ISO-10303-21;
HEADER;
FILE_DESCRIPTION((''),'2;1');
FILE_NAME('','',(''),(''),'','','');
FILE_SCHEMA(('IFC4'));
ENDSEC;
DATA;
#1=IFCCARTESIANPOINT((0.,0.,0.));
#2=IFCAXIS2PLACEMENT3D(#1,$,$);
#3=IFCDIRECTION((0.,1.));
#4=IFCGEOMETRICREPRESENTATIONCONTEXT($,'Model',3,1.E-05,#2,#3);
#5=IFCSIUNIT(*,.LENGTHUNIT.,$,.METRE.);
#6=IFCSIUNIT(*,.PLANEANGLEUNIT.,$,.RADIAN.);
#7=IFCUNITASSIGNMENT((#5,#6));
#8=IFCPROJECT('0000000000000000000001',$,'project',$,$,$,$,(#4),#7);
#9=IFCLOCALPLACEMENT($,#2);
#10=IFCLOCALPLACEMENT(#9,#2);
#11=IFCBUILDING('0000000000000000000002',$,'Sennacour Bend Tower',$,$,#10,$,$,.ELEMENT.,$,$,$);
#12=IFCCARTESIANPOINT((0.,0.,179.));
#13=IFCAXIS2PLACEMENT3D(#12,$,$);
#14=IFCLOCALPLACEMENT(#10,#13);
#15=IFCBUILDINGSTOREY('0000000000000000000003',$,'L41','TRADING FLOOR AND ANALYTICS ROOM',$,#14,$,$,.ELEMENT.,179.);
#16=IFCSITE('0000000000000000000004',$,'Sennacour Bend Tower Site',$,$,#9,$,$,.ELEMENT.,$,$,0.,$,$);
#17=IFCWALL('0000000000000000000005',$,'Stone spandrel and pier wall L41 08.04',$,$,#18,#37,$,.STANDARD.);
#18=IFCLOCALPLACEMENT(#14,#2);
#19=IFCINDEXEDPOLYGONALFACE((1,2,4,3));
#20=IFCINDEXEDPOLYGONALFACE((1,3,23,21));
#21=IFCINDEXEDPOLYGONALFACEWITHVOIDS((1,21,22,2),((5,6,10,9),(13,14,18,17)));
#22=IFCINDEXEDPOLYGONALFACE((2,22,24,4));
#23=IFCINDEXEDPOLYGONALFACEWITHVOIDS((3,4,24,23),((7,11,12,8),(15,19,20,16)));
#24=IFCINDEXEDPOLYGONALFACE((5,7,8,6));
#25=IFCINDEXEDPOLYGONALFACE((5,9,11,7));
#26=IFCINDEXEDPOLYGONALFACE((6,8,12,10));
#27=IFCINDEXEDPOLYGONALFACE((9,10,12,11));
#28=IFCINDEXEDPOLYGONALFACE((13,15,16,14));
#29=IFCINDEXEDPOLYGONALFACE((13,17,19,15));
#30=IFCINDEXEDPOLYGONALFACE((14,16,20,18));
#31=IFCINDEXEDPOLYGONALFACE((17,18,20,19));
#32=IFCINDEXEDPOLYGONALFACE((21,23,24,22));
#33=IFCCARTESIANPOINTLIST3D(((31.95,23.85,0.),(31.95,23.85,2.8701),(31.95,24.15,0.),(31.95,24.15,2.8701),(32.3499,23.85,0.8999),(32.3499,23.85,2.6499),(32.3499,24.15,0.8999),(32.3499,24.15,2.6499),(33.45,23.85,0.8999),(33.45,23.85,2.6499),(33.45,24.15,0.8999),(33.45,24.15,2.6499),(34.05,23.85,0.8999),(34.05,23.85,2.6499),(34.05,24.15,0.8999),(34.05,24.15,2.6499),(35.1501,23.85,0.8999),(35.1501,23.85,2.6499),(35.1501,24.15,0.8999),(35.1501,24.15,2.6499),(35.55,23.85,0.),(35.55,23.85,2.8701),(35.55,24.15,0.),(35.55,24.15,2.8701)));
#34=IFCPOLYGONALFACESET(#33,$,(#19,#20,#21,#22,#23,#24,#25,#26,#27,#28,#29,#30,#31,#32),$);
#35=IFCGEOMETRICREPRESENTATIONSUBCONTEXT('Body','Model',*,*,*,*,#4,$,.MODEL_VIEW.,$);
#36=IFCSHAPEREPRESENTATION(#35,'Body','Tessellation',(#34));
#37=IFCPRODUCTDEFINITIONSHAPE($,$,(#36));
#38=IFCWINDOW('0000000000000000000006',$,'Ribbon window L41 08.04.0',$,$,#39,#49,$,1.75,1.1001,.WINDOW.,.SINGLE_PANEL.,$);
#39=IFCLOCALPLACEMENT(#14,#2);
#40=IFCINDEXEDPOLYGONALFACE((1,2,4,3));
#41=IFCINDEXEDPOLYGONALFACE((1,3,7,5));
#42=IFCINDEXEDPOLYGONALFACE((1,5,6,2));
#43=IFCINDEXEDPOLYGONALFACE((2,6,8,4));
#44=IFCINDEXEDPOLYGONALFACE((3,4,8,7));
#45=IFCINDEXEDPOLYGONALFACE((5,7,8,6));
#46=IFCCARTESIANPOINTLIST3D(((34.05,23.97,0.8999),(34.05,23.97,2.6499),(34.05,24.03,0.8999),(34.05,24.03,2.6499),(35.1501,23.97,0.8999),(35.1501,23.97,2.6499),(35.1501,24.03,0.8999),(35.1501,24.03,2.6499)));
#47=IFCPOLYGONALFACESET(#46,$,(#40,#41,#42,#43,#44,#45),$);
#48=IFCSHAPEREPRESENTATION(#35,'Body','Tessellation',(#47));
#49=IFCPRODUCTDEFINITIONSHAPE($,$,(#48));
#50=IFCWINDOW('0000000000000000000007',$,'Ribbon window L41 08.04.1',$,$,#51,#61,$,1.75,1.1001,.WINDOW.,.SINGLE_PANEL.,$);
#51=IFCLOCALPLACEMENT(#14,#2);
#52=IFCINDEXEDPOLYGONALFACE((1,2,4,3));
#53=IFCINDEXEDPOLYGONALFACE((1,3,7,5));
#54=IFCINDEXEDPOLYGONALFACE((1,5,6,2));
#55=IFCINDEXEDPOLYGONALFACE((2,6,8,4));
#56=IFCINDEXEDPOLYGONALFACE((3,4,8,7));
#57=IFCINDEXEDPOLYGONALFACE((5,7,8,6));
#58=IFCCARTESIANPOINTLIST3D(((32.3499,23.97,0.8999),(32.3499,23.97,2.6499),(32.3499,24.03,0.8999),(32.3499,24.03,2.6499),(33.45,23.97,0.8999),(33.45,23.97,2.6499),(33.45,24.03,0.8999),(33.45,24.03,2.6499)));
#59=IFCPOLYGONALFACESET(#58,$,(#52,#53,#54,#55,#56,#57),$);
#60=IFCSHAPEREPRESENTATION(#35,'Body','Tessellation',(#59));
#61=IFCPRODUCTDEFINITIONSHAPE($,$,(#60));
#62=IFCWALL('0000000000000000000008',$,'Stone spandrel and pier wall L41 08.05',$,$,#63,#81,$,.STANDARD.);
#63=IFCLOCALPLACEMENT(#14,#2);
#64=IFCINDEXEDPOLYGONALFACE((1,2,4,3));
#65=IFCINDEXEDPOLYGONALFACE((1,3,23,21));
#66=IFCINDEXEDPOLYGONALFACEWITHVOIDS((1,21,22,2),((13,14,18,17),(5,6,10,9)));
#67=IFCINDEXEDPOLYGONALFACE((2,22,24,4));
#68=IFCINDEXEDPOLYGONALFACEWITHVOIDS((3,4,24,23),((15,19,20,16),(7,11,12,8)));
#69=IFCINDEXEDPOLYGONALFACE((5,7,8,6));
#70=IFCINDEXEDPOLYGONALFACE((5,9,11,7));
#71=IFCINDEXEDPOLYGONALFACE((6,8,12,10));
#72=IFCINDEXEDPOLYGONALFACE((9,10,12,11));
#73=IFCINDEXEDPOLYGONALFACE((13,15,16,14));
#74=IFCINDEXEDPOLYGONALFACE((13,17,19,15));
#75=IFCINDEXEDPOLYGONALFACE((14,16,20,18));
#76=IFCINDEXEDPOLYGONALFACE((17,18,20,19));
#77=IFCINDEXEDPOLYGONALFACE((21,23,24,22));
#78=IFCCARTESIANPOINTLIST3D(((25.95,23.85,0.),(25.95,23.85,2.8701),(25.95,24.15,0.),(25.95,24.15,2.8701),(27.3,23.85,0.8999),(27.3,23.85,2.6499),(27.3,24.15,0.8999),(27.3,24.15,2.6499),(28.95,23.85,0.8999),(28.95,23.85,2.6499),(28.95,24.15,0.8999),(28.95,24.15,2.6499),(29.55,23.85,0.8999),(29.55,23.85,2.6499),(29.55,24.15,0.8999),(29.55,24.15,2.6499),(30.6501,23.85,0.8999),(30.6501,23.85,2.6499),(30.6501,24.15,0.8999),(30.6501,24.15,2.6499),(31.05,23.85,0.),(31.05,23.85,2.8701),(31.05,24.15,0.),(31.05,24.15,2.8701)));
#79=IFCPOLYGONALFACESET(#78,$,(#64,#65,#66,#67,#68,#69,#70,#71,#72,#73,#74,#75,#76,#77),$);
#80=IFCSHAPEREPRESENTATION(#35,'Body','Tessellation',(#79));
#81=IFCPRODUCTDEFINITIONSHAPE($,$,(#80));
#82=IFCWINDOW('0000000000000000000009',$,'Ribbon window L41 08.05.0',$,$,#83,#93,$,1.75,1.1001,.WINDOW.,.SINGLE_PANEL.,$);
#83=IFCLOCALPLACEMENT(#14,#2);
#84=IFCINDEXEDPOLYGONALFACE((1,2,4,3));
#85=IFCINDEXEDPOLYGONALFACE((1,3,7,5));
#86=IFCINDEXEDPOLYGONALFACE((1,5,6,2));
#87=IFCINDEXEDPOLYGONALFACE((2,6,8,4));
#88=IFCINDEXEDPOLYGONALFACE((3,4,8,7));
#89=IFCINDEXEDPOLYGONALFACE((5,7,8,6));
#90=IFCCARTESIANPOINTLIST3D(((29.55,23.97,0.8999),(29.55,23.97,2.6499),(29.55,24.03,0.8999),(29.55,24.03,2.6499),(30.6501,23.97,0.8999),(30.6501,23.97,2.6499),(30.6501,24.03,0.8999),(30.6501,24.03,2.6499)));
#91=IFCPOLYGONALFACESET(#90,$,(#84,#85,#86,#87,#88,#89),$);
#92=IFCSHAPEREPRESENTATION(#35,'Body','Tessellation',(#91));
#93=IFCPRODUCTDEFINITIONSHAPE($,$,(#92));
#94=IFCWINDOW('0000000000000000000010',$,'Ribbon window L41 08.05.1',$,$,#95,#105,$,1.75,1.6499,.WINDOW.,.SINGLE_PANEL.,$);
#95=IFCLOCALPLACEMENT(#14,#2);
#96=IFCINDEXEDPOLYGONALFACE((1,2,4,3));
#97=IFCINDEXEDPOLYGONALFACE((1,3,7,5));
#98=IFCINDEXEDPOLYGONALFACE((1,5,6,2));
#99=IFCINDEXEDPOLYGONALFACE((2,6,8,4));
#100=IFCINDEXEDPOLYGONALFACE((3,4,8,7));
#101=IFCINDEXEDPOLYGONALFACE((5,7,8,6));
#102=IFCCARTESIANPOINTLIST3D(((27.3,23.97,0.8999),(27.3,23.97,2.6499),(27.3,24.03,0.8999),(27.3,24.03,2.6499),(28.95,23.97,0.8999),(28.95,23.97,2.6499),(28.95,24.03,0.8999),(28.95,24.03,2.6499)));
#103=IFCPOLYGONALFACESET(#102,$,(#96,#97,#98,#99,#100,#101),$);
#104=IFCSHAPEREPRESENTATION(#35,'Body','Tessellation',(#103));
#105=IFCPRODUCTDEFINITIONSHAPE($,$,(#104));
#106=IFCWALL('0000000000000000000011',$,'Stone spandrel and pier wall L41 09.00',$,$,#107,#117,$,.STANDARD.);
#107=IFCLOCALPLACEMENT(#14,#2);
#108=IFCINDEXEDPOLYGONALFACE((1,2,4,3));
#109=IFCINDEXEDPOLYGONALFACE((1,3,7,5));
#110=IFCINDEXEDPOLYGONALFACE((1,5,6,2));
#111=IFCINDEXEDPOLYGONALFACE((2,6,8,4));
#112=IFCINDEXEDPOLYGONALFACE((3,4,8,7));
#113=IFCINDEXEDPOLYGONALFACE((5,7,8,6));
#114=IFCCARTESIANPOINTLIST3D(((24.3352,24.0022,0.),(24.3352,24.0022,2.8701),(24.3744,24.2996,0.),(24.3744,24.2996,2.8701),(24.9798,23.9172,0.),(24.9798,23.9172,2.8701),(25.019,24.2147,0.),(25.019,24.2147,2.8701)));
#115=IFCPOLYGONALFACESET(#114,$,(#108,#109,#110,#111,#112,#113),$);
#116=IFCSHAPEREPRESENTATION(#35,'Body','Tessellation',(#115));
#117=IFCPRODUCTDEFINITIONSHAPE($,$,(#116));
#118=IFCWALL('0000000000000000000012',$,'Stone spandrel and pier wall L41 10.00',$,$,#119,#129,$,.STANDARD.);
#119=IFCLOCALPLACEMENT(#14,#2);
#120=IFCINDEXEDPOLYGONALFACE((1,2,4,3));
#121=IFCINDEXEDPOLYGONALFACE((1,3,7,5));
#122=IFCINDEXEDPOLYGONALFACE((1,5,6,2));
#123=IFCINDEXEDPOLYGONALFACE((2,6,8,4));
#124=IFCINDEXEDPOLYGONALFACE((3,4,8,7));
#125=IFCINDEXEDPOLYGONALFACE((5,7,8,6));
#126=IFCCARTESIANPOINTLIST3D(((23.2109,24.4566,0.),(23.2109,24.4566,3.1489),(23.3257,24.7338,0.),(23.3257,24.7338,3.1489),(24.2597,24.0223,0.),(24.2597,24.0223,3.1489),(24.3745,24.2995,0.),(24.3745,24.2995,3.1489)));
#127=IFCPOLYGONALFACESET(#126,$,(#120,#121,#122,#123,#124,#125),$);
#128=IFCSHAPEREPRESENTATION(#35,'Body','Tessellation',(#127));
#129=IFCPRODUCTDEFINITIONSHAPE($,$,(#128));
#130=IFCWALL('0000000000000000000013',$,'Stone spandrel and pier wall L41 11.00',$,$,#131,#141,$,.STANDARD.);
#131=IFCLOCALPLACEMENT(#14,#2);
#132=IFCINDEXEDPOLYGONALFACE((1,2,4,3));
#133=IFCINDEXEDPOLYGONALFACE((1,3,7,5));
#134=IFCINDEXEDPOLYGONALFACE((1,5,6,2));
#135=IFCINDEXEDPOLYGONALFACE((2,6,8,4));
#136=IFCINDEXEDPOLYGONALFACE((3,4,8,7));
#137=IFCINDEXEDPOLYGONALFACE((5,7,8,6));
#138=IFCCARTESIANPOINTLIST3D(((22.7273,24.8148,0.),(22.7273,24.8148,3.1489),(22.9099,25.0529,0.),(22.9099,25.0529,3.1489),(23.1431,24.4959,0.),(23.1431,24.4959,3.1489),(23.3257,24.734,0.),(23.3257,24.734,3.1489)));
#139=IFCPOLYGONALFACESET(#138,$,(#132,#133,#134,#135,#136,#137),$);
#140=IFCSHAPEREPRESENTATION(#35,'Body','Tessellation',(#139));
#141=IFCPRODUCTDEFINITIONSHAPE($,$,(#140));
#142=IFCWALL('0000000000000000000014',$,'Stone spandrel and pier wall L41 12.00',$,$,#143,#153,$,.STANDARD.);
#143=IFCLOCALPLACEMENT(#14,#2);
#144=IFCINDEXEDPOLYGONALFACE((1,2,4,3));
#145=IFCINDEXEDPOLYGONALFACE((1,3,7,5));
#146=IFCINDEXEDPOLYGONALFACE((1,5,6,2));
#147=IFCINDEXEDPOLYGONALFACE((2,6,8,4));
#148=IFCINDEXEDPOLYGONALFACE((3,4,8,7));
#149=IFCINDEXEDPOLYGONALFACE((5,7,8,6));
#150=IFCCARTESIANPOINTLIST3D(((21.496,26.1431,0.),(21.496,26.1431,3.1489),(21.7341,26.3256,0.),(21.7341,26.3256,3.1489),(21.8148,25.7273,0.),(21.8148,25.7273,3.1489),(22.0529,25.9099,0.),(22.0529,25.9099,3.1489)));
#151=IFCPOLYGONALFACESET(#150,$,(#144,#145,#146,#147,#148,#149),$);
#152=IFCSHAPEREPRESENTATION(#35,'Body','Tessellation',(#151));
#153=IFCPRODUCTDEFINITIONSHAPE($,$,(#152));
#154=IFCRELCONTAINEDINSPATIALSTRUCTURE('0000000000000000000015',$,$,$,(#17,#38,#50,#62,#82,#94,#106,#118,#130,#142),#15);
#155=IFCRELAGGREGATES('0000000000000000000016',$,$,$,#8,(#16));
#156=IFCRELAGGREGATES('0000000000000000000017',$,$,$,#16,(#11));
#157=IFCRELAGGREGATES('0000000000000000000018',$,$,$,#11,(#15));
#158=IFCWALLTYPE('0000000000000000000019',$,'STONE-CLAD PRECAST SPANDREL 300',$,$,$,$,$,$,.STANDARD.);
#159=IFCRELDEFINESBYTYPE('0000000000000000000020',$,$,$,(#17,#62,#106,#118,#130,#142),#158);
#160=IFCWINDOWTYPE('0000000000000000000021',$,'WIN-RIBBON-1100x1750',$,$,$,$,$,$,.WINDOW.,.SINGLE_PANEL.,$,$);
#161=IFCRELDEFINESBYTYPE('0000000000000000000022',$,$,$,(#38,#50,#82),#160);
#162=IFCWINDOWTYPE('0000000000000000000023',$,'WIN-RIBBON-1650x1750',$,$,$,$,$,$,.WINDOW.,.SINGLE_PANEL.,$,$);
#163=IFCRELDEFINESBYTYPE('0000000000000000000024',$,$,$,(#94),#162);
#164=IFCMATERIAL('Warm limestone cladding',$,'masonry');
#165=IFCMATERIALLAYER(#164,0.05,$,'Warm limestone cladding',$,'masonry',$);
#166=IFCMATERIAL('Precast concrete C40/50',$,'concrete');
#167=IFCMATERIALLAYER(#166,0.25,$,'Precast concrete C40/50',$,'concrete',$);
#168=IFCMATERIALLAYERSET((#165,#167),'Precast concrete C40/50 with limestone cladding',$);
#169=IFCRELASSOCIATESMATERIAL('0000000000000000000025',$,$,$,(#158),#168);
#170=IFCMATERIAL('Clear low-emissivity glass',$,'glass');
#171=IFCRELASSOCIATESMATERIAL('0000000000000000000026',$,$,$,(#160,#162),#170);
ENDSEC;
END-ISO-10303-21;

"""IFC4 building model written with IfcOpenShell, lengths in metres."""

from ifc_helpers import new_model, si_unit, direction, frame, frame_2d, origin, place, context, subcontext, project, spatial, rectangle, extrude, material, layer, layer_set, type_object, element, fill, save


model = new_model("IFC4")

# Units and contexts
model_context = context("Model", 3, precision=1e-05, world=origin(), true_north=direction((0.0, 1.0)))
body_context = subcontext(model_context, "Body", "Model", "MODEL_VIEW")
ifc_project = project(units=[si_unit("LENGTHUNIT", "METRE"), si_unit("PLANEANGLEUNIT", "RADIAN")], contexts=[model_context])

# Site, building, storey
site_placement = place(None, origin())
site = spatial("IfcSite", under=ifc_project, at=site_placement, Name="Sennacour Bend Tower Site", CompositionType="ELEMENT", RefElevation=0.0)
building_placement = place(site_placement, origin())
building = spatial("IfcBuilding", under=site, at=building_placement, Name="Sennacour Bend Tower", CompositionType="ELEMENT")
storey_placement = place(building_placement, frame((0.0, 0.0, 179.0)))
storey = spatial("IfcBuildingStorey", under=building, at=storey_placement, Name="L41", Description="TRADING FLOOR AND ANALYTICS ROOM", CompositionType="ELEMENT", Elevation=179.0)

# Walls, openings, windows
ifc_material_1 = material(Name="Warm limestone cladding", Category="masonry")
ifc_layer_1 = layer(ifc_material_1, 0.05, Name="Warm limestone cladding", Category="masonry")
ifc_material_2 = material(Name="Precast concrete C40/50", Category="concrete")
ifc_layer_2 = layer(ifc_material_2, 0.25, Name="Precast concrete C40/50", Category="concrete")
ifc_layer_set_1 = layer_set([ifc_layer_1, ifc_layer_2], Name="Precast concrete C40/50 with limestone cladding")
wall_type_1 = type_object("IfcWallType", Name="STONE-CLAD PRECAST SPANDREL 300", PredefinedType="STANDARD", material=ifc_layer_set_1)
ifc_material_3 = material(Name="Clear low-emissivity glass", Category="glass")
window_type_1 = type_object("IfcWindowType", Name="WIN-RIBBON-1100x1750", PartitioningType="SINGLE_PANEL", PredefinedType="WINDOW", material=ifc_material_3)
wall_1_placement = place(storey_placement, frame((35.55, 24.0, 0.0), z_axis=(0.0, 0.0, 1.0), x_axis=(-1.0, 0.0, 0.0)))
wall_1 = element("IfcWall", 1, at=wall_1_placement, inside=storey, type_object=wall_type_1, Name="Stone spandrel and pier wall L41 08.04", PredefinedType="STANDARD", context=body_context, shape_type="SweptSolid", body=[
    extrude(rectangle(XDim=3.6001, YDim=0.3, at=frame_2d((1.8, 0.0))), origin(), (0.0, 0.0, 1.0), 2.8701),
])
opening_1_placement = place(wall_1_placement, frame((0.3999, 0.0, 0.8999)))
opening_1 = element("IfcOpeningElement", 2, at=opening_1_placement, cuts=wall_1, PredefinedType="OPENING", context=body_context, shape_type="SweptSolid", body=[
    extrude(rectangle(XDim=1.1001, YDim=1.75, at=frame_2d((0.55, 0.875))), frame((0.0, 0.1602, 0.0), z_axis=(0.0, -1.0, 0.0), x_axis=(1.0, 0.0, 0.0)), (0.0, 0.0, 1.0), 0.3201),
])
opening_2_placement = place(wall_1_placement, frame((2.1001, 0.0, 0.8999)))
opening_2 = element("IfcOpeningElement", 3, at=opening_2_placement, cuts=wall_1, PredefinedType="OPENING", context=body_context, shape_type="SweptSolid", body=[
    extrude(rectangle(XDim=1.1001, YDim=1.75, at=frame_2d((0.55, 0.875))), frame((0.0, 0.1602, 0.0), z_axis=(0.0, -1.0, 0.0), x_axis=(1.0, 0.0, 0.0)), (0.0, 0.0, 1.0), 0.3201),
])
window_1_placement = place(opening_1_placement, origin())
window_1 = element("IfcWindow", 4, at=window_1_placement, inside=storey, type_object=window_type_1, Name="Ribbon window L41 08.04.0", OverallHeight=1.75, OverallWidth=1.1001, PartitioningType="SINGLE_PANEL", PredefinedType="WINDOW", context=body_context, shape_type="SweptSolid", body=[
    extrude(rectangle(XDim=1.1001, YDim=1.75, at=frame_2d((0.55, 0.875))), frame((0.0, 0.03, 0.0), z_axis=(0.0, -1.0, 0.0), x_axis=(1.0, 0.0, 0.0)), (0.0, 0.0, 1.0), 0.0601),
])
fill(opening_1, window_1)
window_2_placement = place(opening_2_placement, origin())
window_2 = element("IfcWindow", 5, at=window_2_placement, inside=storey, type_object=window_type_1, Name="Ribbon window L41 08.04.1", OverallHeight=1.75, OverallWidth=1.1001, PartitioningType="SINGLE_PANEL", PredefinedType="WINDOW", context=body_context, shape_type="SweptSolid", body=[
    extrude(rectangle(XDim=1.1001, YDim=1.75, at=frame_2d((0.55, 0.875))), frame((0.0, 0.03, 0.0), z_axis=(0.0, -1.0, 0.0), x_axis=(1.0, 0.0, 0.0)), (0.0, 0.0, 1.0), 0.0601),
])
fill(opening_2, window_2)
wall_2_placement = place(storey_placement, frame((31.05, 24.0, 0.0), z_axis=(0.0, 0.0, 1.0), x_axis=(-1.0, 0.0, 0.0)))
wall_2 = element("IfcWall", 6, at=wall_2_placement, inside=storey, type_object=wall_type_1, Name="Stone spandrel and pier wall L41 08.05", PredefinedType="STANDARD", context=body_context, shape_type="SweptSolid", body=[
    extrude(rectangle(XDim=5.1001, YDim=0.3, at=frame_2d((2.55, 0.0))), origin(), (0.0, 0.0, 1.0), 2.8701),
])
opening_3_placement = place(wall_2_placement, frame((0.3999, 0.0, 0.8999)))
opening_3 = element("IfcOpeningElement", 7, at=opening_3_placement, cuts=wall_2, PredefinedType="OPENING", context=body_context, shape_type="SweptSolid", body=[
    extrude(rectangle(XDim=1.1001, YDim=1.75, at=frame_2d((0.55, 0.875))), frame((0.0, 0.1602, 0.0), z_axis=(0.0, -1.0, 0.0), x_axis=(1.0, 0.0, 0.0)), (0.0, 0.0, 1.0), 0.3201),
])
opening_4_placement = place(wall_2_placement, frame((2.1001, 0.0, 0.8999)))
opening_4 = element("IfcOpeningElement", 8, at=opening_4_placement, cuts=wall_2, PredefinedType="OPENING", context=body_context, shape_type="SweptSolid", body=[
    extrude(rectangle(XDim=1.6499, YDim=1.75, at=frame_2d((0.825, 0.875))), frame((0.0, 0.1602, 0.0), z_axis=(0.0, -1.0, 0.0), x_axis=(1.0, 0.0, 0.0)), (0.0, 0.0, 1.0), 0.3201),
])
window_3_placement = place(opening_3_placement, origin())
window_3 = element("IfcWindow", 9, at=window_3_placement, inside=storey, type_object=window_type_1, Name="Ribbon window L41 08.05.0", OverallHeight=1.75, OverallWidth=1.1001, PartitioningType="SINGLE_PANEL", PredefinedType="WINDOW", context=body_context, shape_type="SweptSolid", body=[
    extrude(rectangle(XDim=1.1001, YDim=1.75, at=frame_2d((0.55, 0.875))), frame((0.0, 0.03, 0.0), z_axis=(0.0, -1.0, 0.0), x_axis=(1.0, 0.0, 0.0)), (0.0, 0.0, 1.0), 0.0601),
])
fill(opening_3, window_3)
window_type_2 = type_object("IfcWindowType", Name="WIN-RIBBON-1650x1750", PartitioningType="SINGLE_PANEL", PredefinedType="WINDOW", material=ifc_material_3)
window_4_placement = place(opening_4_placement, origin())
window_4 = element("IfcWindow", 10, at=window_4_placement, inside=storey, type_object=window_type_2, Name="Ribbon window L41 08.05.1", OverallHeight=1.75, OverallWidth=1.6499, PartitioningType="SINGLE_PANEL", PredefinedType="WINDOW", context=body_context, shape_type="SweptSolid", body=[
    extrude(rectangle(XDim=1.6499, YDim=1.75, at=frame_2d((0.825, 0.875))), frame((0.0, 0.03, 0.0), z_axis=(0.0, -1.0, 0.0), x_axis=(1.0, 0.0, 0.0)), (0.0, 0.0, 1.0), 0.0601),
])
fill(opening_4, window_4)

# Walls
wall_3_placement = place(storey_placement, frame((24.9995, 24.0659, 0.0), z_axis=(0.0, 0.0, 1.0), x_axis=(-0.991424, 0.130688, 0.0)))
element("IfcWall", 11, at=wall_3_placement, inside=storey, type_object=wall_type_1, Name="Stone spandrel and pier wall L41 09.00", PredefinedType="STANDARD", context=body_context, shape_type="SweptSolid", body=[
    extrude(rectangle(XDim=0.6501, YDim=0.3, at=frame_2d((0.3252, 0.0))), origin(), (0.0, 0.0, 1.0), 2.8701),
])
wall_4_placement = place(storey_placement, frame((24.3171, 24.1609, 0.0), z_axis=(0.0, 0.0, 1.0), x_axis=(-0.923915, 0.382599, 0.0)))
element("IfcWall", 12, at=wall_4_placement, inside=storey, type_object=wall_type_1, Name="Stone spandrel and pier wall L41 10.00", PredefinedType="STANDARD", context=body_context, shape_type="SweptSolid", body=[
    extrude(rectangle(XDim=1.1353, YDim=0.3, at=frame_2d((0.5676, 0.0))), origin(), (0.0, 0.0, 1.0), 3.1489),
])
for number, where, z_axis, x_axis, name in (
    (13, (23.2344, 24.615, 0.0), (0.0, 0.0, 1.0), (-0.793524, 0.608539, 0.0), "Stone spandrel and pier wall L41 11.00"),
    (14, (21.9338, 25.8186, 0.0), (0.0, 0.0, 1.0), (-0.608539, 0.793524, 0.0), "Stone spandrel and pier wall L41 12.00"),
):
    element("IfcWall", number, at=place(storey_placement, frame(where, z_axis=z_axis, x_axis=x_axis)), inside=storey, type_object=wall_type_1, Name=name, PredefinedType="STANDARD", context=body_context, shape_type="SweptSolid", body=[
        extrude(rectangle(XDim=0.5239, YDim=0.3, at=frame_2d((0.262, 0.0))), origin(), (0.0, 0.0, 1.0), 3.1489),
    ])

save(model, "model.ifc")
